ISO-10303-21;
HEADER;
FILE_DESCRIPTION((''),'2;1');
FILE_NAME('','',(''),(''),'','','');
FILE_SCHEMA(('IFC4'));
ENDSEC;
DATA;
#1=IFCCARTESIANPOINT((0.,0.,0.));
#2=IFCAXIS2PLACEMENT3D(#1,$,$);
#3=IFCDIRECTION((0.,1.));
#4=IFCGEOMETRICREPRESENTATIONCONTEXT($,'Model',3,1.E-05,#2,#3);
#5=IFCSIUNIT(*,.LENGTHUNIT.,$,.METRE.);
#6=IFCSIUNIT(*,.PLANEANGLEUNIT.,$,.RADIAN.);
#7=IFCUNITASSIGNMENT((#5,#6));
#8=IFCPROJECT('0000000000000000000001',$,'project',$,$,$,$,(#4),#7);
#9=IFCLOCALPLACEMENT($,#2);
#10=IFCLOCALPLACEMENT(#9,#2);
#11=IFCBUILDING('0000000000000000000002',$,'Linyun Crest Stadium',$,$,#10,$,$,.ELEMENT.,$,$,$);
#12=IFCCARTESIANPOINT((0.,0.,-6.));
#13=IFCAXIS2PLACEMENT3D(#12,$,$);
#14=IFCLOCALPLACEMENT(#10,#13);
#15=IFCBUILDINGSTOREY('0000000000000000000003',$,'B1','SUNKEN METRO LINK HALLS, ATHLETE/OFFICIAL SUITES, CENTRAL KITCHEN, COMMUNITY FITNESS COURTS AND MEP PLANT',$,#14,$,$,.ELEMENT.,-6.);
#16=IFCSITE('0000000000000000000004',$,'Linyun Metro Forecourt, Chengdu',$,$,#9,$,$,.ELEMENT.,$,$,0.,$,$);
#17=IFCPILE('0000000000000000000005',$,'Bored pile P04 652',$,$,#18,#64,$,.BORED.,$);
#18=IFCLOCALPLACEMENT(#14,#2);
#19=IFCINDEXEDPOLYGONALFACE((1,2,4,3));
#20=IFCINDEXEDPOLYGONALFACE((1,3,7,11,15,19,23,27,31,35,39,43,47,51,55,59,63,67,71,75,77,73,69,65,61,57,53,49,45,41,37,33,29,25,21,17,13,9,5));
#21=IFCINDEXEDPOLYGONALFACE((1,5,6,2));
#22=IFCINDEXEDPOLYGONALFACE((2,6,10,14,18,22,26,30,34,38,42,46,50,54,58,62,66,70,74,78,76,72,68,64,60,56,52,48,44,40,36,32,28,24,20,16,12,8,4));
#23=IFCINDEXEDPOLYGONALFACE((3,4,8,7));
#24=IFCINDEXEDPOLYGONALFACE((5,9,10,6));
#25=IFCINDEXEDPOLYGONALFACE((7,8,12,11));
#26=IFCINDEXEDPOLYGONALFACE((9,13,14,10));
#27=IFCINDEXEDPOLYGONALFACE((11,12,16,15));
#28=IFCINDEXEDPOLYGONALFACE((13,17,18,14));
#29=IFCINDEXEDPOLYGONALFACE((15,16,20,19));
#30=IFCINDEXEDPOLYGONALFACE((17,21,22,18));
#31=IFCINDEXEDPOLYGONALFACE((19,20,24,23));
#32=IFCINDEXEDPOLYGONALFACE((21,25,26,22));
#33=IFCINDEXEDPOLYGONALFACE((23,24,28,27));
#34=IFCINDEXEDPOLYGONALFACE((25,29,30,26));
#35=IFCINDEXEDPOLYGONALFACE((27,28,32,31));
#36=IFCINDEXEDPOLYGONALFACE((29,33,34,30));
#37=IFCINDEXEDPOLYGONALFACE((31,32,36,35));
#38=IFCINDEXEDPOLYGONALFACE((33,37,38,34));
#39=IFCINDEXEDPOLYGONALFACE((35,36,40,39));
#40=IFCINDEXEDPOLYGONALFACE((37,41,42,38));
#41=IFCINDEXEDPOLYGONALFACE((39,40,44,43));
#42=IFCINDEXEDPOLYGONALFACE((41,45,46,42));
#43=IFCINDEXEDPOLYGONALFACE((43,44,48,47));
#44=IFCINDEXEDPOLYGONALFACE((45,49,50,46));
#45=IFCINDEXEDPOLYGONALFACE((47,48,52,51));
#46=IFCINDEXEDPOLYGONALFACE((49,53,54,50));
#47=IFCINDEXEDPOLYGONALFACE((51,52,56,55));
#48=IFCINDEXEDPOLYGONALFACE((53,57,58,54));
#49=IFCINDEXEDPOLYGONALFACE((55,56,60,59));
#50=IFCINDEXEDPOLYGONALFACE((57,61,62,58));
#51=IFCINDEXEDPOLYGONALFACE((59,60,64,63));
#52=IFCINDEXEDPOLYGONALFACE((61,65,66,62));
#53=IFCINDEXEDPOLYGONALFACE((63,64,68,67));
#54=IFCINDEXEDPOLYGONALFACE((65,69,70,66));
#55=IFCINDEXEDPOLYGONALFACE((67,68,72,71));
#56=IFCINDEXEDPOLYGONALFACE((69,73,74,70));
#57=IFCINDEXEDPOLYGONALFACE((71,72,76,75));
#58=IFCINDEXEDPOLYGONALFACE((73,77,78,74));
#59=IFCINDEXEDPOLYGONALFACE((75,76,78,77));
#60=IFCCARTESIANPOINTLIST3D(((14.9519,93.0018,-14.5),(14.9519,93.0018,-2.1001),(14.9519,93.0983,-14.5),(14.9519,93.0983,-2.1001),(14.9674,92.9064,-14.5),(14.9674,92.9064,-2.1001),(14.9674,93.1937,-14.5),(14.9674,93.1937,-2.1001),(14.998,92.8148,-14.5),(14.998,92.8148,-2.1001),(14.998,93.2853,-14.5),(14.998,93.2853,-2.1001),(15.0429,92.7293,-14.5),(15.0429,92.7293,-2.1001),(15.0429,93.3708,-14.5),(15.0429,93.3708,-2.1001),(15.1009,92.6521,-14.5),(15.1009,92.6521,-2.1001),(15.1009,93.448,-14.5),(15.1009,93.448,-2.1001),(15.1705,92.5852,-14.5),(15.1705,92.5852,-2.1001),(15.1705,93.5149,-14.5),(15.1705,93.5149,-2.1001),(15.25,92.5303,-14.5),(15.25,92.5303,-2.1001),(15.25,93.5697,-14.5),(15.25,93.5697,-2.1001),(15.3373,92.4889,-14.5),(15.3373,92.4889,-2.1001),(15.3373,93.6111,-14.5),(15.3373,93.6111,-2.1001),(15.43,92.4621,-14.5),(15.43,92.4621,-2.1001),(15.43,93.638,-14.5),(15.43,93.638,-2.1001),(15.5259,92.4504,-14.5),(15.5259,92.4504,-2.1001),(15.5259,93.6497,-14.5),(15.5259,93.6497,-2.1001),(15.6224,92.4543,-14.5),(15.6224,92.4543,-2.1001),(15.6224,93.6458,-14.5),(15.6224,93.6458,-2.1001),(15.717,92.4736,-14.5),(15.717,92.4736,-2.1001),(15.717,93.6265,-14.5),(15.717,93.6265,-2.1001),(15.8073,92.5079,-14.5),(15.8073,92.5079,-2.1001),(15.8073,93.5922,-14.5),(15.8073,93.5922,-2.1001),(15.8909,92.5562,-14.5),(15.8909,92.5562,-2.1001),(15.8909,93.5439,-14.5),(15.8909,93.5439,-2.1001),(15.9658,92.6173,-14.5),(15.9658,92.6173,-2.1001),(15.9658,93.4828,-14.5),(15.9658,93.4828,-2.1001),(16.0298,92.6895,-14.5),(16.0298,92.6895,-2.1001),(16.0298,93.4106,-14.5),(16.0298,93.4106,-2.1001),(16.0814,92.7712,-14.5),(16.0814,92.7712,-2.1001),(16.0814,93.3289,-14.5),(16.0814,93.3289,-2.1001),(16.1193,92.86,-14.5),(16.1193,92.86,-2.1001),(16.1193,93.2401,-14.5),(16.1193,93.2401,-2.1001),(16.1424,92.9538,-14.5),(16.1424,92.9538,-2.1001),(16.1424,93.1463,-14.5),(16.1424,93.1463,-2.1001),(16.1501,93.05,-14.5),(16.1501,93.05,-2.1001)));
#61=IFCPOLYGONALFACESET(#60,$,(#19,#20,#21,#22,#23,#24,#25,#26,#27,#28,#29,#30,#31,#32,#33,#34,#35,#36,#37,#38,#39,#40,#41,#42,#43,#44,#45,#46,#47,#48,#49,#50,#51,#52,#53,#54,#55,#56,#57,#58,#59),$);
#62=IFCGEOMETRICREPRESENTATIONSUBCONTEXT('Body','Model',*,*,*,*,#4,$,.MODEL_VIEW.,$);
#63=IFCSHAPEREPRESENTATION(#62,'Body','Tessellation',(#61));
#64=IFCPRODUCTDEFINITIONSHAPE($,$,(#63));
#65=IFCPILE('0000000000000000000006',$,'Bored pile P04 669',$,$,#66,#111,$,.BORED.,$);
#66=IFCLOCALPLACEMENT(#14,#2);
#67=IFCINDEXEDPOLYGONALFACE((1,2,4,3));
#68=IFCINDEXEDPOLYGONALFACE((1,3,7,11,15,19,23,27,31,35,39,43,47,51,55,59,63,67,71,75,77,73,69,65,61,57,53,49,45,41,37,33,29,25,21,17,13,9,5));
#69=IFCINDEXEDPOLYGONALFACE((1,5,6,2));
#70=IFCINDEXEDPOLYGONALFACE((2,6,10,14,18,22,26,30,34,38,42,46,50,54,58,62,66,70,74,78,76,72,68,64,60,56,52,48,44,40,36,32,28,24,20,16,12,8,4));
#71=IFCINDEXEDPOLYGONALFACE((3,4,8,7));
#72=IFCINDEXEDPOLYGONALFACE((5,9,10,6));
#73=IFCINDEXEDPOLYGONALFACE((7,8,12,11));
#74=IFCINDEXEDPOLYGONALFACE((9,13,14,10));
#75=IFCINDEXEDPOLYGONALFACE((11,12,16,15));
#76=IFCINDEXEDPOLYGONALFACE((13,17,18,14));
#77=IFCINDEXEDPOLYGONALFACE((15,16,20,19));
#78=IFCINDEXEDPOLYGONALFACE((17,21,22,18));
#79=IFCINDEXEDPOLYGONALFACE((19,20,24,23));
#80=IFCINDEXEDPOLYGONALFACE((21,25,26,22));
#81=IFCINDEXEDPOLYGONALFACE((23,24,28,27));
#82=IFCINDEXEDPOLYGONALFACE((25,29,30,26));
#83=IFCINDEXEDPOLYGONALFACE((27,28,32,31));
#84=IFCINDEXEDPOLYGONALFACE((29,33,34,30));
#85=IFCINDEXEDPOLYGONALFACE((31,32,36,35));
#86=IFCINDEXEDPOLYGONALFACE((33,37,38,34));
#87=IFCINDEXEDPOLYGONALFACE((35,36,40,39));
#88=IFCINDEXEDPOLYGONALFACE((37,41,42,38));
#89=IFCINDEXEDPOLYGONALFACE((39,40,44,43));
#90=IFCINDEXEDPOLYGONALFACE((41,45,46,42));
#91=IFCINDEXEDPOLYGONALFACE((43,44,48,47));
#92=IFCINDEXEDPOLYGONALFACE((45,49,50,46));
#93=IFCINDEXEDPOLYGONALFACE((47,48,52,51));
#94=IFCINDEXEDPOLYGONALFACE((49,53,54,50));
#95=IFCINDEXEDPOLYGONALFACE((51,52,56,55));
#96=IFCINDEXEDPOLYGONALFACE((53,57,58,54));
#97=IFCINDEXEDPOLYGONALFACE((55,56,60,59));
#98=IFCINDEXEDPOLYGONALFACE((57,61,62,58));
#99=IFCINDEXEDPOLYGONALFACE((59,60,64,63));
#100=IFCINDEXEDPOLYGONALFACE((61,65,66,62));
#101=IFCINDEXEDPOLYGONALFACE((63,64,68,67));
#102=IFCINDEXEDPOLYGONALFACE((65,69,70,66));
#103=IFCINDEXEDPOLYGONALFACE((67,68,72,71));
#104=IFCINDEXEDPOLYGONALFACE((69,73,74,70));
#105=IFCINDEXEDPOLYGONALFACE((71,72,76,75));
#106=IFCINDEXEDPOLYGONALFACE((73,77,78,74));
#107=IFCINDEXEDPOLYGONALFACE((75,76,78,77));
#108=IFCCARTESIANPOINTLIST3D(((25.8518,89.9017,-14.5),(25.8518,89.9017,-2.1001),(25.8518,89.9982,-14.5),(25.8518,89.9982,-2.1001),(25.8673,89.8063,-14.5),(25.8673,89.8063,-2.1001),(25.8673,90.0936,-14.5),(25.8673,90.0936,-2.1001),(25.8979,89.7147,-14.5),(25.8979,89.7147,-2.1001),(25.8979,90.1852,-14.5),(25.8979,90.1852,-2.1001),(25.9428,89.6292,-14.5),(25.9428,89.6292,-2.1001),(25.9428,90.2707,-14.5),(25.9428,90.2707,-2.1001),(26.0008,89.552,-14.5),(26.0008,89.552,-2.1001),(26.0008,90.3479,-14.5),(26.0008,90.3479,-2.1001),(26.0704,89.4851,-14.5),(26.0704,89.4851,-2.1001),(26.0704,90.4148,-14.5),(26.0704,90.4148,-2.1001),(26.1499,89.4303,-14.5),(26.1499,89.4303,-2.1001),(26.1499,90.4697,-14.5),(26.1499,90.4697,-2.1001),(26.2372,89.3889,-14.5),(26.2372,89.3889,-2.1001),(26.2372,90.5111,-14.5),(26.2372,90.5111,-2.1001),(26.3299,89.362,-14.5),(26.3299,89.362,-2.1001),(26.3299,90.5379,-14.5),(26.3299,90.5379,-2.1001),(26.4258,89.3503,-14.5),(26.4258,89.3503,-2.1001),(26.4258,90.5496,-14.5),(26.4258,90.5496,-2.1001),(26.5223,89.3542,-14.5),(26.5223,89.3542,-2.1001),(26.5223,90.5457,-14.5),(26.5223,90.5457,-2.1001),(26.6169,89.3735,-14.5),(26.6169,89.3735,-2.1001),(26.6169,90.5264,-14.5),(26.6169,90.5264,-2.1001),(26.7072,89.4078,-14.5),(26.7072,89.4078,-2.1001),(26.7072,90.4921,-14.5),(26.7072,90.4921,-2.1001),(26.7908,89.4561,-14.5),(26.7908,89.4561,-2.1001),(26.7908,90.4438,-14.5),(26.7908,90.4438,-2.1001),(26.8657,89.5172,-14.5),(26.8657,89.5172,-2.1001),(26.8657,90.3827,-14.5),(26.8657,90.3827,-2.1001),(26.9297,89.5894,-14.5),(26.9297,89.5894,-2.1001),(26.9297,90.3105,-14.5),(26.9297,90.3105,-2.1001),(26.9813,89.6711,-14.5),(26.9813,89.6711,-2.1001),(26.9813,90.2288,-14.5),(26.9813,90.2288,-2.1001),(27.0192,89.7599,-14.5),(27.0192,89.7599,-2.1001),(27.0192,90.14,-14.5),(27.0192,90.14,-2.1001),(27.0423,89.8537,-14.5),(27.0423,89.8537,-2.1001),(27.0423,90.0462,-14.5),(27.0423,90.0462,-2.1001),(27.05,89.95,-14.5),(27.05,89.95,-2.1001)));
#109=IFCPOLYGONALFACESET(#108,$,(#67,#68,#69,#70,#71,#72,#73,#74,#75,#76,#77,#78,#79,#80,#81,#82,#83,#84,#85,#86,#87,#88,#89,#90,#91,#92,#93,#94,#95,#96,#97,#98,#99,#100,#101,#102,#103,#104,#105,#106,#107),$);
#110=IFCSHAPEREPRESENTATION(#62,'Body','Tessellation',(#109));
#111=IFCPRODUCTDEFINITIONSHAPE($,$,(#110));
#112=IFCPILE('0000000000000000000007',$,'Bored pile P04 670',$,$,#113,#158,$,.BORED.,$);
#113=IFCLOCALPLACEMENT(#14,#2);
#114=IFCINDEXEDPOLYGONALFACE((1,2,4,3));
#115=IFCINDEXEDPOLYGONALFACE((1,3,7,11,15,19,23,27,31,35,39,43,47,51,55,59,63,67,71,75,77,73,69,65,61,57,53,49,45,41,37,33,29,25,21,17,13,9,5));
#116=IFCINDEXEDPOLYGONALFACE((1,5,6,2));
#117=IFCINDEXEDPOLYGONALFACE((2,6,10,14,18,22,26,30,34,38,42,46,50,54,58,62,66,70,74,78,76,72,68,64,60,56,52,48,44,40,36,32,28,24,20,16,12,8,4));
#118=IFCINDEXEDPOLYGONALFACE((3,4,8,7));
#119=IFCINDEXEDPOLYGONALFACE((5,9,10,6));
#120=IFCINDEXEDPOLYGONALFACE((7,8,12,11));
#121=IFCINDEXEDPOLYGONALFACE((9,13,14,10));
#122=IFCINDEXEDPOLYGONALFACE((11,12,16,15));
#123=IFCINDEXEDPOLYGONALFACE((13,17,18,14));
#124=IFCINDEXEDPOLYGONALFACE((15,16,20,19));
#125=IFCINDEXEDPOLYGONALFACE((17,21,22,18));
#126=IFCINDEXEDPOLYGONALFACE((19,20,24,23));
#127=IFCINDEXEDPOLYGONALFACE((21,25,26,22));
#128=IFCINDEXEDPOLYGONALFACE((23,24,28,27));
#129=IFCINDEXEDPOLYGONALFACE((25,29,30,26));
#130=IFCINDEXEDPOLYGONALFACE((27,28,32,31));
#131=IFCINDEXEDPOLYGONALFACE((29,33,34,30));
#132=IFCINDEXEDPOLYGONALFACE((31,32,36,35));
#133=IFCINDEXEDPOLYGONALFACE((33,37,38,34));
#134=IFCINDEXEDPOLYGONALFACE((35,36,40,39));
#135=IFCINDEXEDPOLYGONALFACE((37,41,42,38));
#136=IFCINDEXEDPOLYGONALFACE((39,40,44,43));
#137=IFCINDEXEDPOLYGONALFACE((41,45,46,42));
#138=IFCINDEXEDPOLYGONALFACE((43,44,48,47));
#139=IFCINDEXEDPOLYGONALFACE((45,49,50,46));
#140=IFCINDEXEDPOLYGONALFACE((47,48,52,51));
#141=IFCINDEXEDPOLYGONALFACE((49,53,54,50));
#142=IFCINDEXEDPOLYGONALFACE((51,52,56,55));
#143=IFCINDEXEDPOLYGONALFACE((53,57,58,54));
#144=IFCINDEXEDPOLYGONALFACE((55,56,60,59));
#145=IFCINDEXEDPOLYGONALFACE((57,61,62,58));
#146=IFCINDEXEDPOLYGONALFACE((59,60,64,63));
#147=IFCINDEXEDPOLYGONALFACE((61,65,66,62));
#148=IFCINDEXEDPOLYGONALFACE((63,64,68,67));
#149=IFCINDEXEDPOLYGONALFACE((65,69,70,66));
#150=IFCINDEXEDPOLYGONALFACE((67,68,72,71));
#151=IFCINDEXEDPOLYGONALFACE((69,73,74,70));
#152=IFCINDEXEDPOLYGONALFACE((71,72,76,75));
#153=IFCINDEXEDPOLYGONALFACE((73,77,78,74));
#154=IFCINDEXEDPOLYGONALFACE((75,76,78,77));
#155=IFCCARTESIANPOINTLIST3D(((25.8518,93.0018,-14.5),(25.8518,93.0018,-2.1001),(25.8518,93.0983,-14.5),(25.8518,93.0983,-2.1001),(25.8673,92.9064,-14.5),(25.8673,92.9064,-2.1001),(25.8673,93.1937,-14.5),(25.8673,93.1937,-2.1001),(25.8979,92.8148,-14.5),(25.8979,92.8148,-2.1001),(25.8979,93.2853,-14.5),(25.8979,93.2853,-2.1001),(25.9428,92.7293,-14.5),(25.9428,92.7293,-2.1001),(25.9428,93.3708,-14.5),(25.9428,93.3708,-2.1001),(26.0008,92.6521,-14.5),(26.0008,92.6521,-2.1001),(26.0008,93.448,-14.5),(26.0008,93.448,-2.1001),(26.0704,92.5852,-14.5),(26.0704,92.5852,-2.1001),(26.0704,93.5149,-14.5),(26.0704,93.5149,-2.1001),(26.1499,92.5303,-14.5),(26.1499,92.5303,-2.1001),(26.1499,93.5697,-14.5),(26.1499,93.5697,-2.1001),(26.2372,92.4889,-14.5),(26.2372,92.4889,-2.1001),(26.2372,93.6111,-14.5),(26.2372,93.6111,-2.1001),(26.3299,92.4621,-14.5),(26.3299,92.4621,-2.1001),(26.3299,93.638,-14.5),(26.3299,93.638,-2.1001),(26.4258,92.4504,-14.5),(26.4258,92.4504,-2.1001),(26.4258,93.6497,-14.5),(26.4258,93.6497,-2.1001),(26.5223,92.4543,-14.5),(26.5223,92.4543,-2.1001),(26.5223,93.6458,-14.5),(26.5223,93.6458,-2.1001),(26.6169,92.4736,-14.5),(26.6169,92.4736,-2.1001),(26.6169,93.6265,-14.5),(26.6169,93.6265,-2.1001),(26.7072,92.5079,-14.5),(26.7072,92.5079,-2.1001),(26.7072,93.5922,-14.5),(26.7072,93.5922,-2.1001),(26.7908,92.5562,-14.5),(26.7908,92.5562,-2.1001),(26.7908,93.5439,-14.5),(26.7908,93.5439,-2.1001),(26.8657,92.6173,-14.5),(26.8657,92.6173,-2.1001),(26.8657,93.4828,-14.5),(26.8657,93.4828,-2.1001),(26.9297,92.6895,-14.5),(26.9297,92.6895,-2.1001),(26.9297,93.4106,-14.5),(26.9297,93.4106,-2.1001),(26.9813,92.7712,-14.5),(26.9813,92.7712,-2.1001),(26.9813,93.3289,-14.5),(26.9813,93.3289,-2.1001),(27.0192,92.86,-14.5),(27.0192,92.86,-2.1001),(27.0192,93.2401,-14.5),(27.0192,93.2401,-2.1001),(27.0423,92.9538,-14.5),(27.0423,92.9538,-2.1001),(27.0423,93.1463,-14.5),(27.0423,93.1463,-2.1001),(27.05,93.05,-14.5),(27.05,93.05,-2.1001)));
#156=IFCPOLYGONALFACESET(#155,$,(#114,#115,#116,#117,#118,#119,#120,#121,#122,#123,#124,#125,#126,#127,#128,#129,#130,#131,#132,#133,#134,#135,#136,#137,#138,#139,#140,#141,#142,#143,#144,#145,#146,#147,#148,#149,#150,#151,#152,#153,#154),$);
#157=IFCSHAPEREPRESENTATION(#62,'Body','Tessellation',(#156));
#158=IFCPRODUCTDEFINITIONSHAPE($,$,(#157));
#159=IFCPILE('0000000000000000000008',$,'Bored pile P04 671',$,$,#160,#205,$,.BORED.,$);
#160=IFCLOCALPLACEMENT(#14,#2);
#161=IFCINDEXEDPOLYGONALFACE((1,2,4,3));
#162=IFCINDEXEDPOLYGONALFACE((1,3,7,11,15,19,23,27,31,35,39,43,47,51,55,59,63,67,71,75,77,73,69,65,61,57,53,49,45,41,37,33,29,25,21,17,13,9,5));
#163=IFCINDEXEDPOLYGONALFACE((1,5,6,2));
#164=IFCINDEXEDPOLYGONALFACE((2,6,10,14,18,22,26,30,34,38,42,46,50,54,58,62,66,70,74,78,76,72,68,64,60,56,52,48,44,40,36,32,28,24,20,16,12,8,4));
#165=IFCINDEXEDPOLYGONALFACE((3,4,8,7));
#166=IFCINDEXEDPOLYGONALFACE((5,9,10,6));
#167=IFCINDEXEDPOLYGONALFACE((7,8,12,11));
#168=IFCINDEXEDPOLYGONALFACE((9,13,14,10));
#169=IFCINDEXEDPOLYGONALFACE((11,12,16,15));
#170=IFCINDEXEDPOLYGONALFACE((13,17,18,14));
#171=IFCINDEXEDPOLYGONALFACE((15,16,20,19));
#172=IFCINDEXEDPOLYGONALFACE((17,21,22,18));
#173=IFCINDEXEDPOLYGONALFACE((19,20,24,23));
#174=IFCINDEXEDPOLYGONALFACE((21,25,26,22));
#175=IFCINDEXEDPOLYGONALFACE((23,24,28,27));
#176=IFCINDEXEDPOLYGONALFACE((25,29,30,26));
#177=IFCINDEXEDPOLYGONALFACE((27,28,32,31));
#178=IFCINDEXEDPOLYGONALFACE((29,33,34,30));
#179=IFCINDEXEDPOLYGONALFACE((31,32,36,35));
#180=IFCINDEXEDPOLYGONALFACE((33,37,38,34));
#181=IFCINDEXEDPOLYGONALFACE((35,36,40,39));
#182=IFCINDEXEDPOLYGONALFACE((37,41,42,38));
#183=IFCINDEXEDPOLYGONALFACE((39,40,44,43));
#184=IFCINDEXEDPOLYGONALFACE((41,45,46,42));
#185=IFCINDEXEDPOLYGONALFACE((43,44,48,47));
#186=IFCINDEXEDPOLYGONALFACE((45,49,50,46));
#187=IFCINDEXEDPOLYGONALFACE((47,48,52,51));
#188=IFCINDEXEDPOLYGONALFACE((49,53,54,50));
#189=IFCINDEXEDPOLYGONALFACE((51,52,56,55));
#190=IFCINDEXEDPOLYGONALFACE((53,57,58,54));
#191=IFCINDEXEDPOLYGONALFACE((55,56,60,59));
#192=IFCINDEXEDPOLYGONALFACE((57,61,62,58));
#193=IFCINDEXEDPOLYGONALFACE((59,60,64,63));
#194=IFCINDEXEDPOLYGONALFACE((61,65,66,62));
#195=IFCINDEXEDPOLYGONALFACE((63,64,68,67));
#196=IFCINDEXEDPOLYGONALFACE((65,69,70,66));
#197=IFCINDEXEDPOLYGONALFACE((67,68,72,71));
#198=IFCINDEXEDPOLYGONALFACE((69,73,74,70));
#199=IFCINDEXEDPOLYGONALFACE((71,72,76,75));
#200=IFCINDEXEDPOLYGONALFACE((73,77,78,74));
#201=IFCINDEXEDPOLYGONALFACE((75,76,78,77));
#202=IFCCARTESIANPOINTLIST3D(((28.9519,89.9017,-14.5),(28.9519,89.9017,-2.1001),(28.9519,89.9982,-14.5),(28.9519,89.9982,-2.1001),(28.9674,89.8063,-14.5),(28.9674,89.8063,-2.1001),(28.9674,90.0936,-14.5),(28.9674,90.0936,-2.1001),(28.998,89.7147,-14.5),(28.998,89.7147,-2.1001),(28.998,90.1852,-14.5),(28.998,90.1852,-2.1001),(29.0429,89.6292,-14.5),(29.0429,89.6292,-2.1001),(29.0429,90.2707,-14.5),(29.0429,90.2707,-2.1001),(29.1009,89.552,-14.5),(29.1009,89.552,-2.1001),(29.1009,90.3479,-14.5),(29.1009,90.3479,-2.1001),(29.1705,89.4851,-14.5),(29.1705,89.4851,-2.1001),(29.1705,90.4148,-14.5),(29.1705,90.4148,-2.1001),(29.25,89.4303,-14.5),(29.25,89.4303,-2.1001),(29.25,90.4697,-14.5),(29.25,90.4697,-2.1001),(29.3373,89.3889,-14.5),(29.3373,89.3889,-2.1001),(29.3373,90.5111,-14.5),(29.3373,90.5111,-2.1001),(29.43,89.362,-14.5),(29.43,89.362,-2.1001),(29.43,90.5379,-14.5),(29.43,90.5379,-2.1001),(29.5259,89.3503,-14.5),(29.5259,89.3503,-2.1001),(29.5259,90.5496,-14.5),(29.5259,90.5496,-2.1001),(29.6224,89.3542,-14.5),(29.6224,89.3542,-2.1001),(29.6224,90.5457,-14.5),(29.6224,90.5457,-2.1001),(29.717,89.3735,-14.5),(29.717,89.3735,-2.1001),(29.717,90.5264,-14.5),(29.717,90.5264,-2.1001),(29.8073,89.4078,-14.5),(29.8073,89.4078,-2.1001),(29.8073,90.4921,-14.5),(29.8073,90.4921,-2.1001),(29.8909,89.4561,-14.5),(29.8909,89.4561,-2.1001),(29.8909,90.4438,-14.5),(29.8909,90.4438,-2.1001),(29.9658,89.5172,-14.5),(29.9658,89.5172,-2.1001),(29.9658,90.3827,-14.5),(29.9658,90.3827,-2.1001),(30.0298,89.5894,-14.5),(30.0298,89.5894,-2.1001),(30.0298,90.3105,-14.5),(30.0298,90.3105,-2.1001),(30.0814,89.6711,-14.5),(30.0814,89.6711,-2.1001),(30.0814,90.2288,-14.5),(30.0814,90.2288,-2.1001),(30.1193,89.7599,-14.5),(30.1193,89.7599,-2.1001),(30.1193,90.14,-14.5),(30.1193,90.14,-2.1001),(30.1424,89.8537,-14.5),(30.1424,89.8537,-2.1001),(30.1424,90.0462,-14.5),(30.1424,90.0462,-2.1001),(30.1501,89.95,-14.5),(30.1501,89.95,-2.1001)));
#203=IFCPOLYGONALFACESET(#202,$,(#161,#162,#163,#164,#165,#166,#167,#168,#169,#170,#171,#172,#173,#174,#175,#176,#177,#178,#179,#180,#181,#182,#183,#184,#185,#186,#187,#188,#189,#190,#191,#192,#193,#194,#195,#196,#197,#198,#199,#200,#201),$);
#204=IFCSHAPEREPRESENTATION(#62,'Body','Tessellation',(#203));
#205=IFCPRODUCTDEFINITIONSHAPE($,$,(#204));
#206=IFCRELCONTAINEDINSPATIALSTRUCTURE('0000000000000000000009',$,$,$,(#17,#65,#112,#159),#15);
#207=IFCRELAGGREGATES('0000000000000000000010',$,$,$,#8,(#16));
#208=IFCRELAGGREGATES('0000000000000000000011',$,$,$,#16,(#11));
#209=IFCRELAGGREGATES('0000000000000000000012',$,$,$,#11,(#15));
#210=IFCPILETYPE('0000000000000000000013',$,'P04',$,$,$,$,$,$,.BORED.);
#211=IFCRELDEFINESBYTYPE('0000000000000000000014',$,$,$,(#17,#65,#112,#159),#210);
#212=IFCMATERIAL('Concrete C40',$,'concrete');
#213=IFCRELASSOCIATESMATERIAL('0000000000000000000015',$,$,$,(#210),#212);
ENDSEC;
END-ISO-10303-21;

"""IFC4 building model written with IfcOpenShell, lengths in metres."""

from ifc_helpers import new_model, si_unit, direction, frame, origin, origin_2d, place, context, subcontext, project, spatial, circle, extrude, material, material_profile, profile_set, type_object, element, save


model = new_model("IFC4")

# Units and contexts
model_context = context("Model", 3, precision=1e-05, world=origin(), true_north=direction((0.0, 1.0)))
body_context = subcontext(model_context, "Body", "Model", "MODEL_VIEW")
ifc_project = project(units=[si_unit("LENGTHUNIT", "METRE"), si_unit("PLANEANGLEUNIT", "RADIAN")], contexts=[model_context])

# Site, building, storey
site_placement = place(None, origin())
site = spatial("IfcSite", under=ifc_project, at=site_placement, Name="Linyun Metro Forecourt, Chengdu", CompositionType="ELEMENT", RefElevation=0.0)
building_placement = place(site_placement, origin())
building = spatial("IfcBuilding", under=site, at=building_placement, Name="Linyun Crest Stadium", CompositionType="ELEMENT")
storey_placement = place(building_placement, frame((0.0, 0.0, -6.0)))
storey = spatial("IfcBuildingStorey", under=building, at=storey_placement, Name="B1", Description="SUNKEN METRO LINK HALLS, ATHLETE/OFFICIAL SUITES, CENTRAL KITCHEN, COMMUNITY FITNESS COURTS AND MEP PLANT", CompositionType="ELEMENT", Elevation=-6.0)

# Piles
ifc_material_1 = material(Name="Concrete C40", Category="concrete")
ifc_material_profile_1 = material_profile(ifc_material_1, circle(Radius=0.6001, at=origin_2d()), Name="BORED PILE 1200")
ifc_profile_set_1 = profile_set([ifc_material_profile_1], Name="Concrete C40")
pile_type_1 = type_object("IfcPileType", Name="P04", PredefinedType="BORED", material=ifc_profile_set_1)
for number, where, z_axis, x_axis, name in (
    (1, (15.55, 93.05, -2.1001), (0.0, 0.0, -1.0), (1.0, 0.0, 0.0), "Bored pile P04 652"),
    (2, (26.45, 89.95, -2.1001), (0.0, 0.0, -1.0), (1.0, 0.0, 0.0), "Bored pile P04 669"),
    (3, (26.45, 93.05, -2.1001), (0.0, 0.0, -1.0), (1.0, 0.0, 0.0), "Bored pile P04 670"),
    (4, (29.55, 89.95, -2.1001), (0.0, 0.0, -1.0), (1.0, 0.0, 0.0), "Bored pile P04 671"),
):
    element("IfcPile", number, at=place(storey_placement, frame(where, z_axis=z_axis, x_axis=x_axis)), inside=storey, type_object=pile_type_1, Name=name, PredefinedType="BORED", context=body_context, shape_type="SweptSolid", body=[
        extrude(circle(Radius=0.6001, at=origin_2d()), origin(), (0.0, 0.0, 1.0), 12.3999),
    ])

save(model, "model.ifc")
